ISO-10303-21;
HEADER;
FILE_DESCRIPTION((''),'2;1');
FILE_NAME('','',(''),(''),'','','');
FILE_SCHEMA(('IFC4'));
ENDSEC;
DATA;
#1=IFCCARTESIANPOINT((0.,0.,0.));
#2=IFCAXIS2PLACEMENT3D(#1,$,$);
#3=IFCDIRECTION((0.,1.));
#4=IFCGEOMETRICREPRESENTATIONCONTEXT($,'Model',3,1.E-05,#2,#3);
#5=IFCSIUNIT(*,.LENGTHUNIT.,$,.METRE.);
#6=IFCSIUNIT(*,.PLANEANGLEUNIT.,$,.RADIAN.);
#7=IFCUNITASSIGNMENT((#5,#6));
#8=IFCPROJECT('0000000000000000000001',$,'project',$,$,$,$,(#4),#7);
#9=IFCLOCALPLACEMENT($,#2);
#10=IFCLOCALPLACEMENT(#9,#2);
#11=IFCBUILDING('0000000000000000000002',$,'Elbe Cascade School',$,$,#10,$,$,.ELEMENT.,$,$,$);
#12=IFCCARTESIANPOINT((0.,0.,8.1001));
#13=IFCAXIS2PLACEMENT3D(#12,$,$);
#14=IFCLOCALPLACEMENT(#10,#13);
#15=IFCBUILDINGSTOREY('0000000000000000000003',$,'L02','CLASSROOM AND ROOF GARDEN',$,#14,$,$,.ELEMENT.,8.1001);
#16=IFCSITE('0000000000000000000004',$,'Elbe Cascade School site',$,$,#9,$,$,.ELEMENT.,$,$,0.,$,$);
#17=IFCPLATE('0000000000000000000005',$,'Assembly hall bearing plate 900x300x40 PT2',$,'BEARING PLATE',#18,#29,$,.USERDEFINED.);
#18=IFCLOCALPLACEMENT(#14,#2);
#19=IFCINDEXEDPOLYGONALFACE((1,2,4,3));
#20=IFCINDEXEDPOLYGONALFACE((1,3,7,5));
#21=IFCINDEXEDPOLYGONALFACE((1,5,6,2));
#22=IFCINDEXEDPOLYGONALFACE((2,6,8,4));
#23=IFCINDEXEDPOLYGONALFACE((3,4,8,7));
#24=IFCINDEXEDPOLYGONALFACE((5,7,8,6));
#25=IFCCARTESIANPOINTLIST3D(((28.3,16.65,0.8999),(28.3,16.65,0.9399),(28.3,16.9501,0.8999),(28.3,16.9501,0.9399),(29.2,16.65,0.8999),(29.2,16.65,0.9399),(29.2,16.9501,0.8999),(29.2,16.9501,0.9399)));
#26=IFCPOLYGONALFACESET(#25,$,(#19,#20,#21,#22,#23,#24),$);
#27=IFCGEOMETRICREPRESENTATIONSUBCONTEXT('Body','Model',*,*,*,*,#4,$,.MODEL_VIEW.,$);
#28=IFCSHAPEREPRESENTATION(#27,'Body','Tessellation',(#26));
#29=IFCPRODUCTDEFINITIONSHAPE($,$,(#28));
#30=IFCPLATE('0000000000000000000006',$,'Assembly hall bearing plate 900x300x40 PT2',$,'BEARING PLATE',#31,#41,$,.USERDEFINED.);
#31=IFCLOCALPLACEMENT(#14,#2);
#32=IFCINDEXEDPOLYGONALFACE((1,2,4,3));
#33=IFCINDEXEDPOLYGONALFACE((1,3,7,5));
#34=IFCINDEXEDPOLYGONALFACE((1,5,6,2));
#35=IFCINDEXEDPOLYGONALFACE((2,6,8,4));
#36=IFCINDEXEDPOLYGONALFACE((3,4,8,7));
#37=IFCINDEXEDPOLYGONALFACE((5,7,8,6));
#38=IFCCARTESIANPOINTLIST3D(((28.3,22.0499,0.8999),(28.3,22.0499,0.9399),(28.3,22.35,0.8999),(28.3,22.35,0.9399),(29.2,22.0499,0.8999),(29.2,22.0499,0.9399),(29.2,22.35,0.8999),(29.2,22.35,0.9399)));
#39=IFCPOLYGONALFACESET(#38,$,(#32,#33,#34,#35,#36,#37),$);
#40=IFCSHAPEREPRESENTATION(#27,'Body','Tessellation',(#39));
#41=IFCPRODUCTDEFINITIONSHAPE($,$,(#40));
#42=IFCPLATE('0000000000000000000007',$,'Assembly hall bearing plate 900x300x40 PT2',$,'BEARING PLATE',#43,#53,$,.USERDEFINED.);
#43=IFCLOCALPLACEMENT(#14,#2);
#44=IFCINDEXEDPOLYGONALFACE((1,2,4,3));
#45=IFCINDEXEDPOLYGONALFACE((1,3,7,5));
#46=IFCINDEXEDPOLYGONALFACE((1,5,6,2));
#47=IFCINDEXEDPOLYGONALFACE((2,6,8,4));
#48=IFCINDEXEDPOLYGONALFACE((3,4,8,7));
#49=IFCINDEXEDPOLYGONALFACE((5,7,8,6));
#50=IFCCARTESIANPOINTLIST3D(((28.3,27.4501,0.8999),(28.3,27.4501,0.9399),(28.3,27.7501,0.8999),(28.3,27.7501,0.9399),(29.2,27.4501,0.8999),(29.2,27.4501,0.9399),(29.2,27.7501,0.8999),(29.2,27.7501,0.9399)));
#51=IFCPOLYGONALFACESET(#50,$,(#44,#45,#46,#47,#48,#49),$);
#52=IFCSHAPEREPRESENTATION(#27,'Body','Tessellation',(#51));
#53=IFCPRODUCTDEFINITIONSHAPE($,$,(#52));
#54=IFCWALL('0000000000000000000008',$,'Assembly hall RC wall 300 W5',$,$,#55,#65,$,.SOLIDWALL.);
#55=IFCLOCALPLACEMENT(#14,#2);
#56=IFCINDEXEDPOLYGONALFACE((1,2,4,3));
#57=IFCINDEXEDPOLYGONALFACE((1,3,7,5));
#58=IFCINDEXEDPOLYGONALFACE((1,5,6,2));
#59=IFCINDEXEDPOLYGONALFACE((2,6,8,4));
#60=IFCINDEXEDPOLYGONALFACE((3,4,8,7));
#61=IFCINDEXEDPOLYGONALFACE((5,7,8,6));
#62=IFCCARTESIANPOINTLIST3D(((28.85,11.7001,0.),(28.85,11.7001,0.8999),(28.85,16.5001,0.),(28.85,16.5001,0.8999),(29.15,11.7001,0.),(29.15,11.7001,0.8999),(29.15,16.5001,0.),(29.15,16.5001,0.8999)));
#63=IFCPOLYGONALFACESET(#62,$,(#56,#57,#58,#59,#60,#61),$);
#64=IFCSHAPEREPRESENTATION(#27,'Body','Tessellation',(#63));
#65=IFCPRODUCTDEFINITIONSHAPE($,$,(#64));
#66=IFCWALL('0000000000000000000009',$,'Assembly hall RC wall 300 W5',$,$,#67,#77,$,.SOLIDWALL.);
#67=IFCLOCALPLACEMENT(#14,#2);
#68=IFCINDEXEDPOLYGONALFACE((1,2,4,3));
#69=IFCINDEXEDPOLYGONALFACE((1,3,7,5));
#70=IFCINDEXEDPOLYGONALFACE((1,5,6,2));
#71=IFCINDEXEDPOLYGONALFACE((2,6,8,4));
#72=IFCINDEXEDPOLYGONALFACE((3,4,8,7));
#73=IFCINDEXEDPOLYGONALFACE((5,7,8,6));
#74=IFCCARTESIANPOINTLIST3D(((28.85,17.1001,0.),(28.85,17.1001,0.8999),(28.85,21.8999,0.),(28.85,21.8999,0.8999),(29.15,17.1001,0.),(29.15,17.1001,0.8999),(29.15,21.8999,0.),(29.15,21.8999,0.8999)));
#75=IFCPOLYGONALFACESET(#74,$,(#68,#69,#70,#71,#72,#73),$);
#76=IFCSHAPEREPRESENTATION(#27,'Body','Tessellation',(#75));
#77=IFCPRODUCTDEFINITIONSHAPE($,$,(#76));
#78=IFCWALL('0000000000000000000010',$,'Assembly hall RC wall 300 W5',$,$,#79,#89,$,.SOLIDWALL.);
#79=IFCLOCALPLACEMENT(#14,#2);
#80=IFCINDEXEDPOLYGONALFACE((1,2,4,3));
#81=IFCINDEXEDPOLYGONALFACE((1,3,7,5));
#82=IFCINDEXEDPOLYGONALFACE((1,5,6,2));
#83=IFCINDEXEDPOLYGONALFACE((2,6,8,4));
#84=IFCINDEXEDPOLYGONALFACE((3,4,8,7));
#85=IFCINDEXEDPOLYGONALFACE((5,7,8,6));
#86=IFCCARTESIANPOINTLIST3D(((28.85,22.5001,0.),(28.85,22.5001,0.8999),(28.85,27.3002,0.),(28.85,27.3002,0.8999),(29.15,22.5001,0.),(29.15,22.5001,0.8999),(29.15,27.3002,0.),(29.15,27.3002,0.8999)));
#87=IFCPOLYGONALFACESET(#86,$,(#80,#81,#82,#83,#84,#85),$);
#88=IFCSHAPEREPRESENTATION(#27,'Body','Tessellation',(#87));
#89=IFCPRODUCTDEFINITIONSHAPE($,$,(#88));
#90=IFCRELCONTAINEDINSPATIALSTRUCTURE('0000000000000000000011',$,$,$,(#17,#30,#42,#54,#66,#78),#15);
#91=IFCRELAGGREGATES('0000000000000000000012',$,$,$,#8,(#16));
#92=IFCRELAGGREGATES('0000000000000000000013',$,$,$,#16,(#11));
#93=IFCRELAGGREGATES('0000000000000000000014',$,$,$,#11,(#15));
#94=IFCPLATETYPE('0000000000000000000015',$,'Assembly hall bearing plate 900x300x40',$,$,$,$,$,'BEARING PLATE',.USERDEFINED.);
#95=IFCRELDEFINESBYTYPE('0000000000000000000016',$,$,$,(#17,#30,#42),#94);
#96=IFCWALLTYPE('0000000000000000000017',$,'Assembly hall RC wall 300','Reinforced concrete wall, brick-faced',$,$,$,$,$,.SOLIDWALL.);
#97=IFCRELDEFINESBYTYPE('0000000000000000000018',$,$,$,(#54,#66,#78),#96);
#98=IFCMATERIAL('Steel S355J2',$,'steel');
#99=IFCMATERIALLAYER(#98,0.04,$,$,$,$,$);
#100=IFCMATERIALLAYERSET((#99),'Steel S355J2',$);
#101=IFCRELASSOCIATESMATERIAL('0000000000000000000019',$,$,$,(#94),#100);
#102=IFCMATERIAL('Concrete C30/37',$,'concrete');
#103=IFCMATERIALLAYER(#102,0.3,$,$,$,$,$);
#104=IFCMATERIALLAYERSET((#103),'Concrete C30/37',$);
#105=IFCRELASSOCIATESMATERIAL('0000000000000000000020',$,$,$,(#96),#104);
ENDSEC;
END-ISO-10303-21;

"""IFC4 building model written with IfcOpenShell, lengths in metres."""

from ifc_helpers import new_model, si_unit, direction, frame, frame_2d, origin, origin_2d, place, context, subcontext, project, spatial, rectangle, extrude, material, layer, layer_set, type_object, element, save


model = new_model("IFC4")

# Units and contexts
model_context = context("Model", 3, precision=1e-05, world=origin(), true_north=direction((0.0, 1.0)))
body_context = subcontext(model_context, "Body", "Model", "MODEL_VIEW")
ifc_project = project(units=[si_unit("LENGTHUNIT", "METRE"), si_unit("PLANEANGLEUNIT", "RADIAN")], contexts=[model_context])

# Site, building, storey
site_placement = place(None, origin())
site = spatial("IfcSite", under=ifc_project, at=site_placement, Name="Elbe Cascade School site", CompositionType="ELEMENT", RefElevation=0.0)
building_placement = place(site_placement, origin())
building = spatial("IfcBuilding", under=site, at=building_placement, Name="Elbe Cascade School", CompositionType="ELEMENT")
storey_placement = place(building_placement, frame((0.0, 0.0, 8.1001)))
storey = spatial("IfcBuildingStorey", under=building, at=storey_placement, Name="L02", Description="CLASSROOM AND ROOF GARDEN", CompositionType="ELEMENT", Elevation=8.1001)

# Plates
ifc_material_1 = material(Name="Steel S355J2", Category="steel")
ifc_layer_1 = layer(ifc_material_1, 0.04)
ifc_layer_set_1 = layer_set([ifc_layer_1], Name="Steel S355J2")
plate_type = type_object("IfcPlateType", Name="Assembly hall bearing plate 900x300x40", ElementType="BEARING PLATE", PredefinedType="USERDEFINED", material=ifc_layer_set_1)
for number, where, z_axis, x_axis, name in (
    (1, (28.75, 16.8, 0.8999), (0.0, 0.0, 1.0), (1.0, 0.0, 0.0), "Assembly hall bearing plate 900x300x40 PT2"),
    (2, (28.75, 22.2, 0.8999), (0.0, 0.0, 1.0), (1.0, 0.0, 0.0), "Assembly hall bearing plate 900x300x40 PT2"),
    (3, (28.75, 27.6001, 0.8999), (0.0, 0.0, 1.0), (1.0, 0.0, 0.0), "Assembly hall bearing plate 900x300x40 PT2"),
):
    element("IfcPlate", number, at=place(storey_placement, frame(where, z_axis=z_axis, x_axis=x_axis)), inside=storey, type_object=plate_type, Name=name, ObjectType="BEARING PLATE", PredefinedType="USERDEFINED", context=body_context, shape_type="SweptSolid", body=[
        extrude(rectangle(XDim=0.8999, YDim=0.3, at=origin_2d()), origin(), (0.0, 0.0, 1.0), 0.04),
    ])

# Walls
ifc_material_2 = material(Name="Concrete C30/37", Category="concrete")
ifc_layer_2 = layer(ifc_material_2, 0.3)
ifc_layer_set_2 = layer_set([ifc_layer_2], Name="Concrete C30/37")
wall_type = type_object("IfcWallType", Name="Assembly hall RC wall 300", Description="Reinforced concrete wall, brick-faced", PredefinedType="SOLIDWALL", material=ifc_layer_set_2)
wall_1_placement = place(storey_placement, frame((29.0, 16.5, 0.0), z_axis=(0.0, 0.0, 1.0), x_axis=(0.0, -1.0, 0.0)))
element("IfcWall", 4, at=wall_1_placement, inside=storey, type_object=wall_type, Name="Assembly hall RC wall 300 W5", PredefinedType="SOLIDWALL", context=body_context, shape_type="SweptSolid", body=[
    extrude(rectangle(XDim=4.8, YDim=0.3, at=frame_2d((2.3999, 0.0))), origin(), (0.0, 0.0, 1.0), 0.8999),
])
wall_2_placement = place(storey_placement, frame((29.0, 21.8999, 0.0), z_axis=(0.0, 0.0, 1.0), x_axis=(0.0, -1.0, 0.0)))
element("IfcWall", 5, at=wall_2_placement, inside=storey, type_object=wall_type, Name="Assembly hall RC wall 300 W5", PredefinedType="SOLIDWALL", context=body_context, shape_type="SweptSolid", body=[
    extrude(rectangle(XDim=4.7998, YDim=0.3, at=frame_2d((2.3999, 0.0))), origin(), (0.0, 0.0, 1.0), 0.8999),
])
wall_3_placement = place(storey_placement, frame((29.0, 27.3, 0.0), z_axis=(0.0, 0.0, 1.0), x_axis=(0.0, -1.0, 0.0)))
element("IfcWall", 6, at=wall_3_placement, inside=storey, type_object=wall_type, Name="Assembly hall RC wall 300 W5", PredefinedType="SOLIDWALL", context=body_context, shape_type="SweptSolid", body=[
    extrude(rectangle(XDim=4.8, YDim=0.3, at=frame_2d((2.3999, 0.0))), origin(), (0.0, 0.0, 1.0), 0.8999),
])

save(model, "model.ifc")
